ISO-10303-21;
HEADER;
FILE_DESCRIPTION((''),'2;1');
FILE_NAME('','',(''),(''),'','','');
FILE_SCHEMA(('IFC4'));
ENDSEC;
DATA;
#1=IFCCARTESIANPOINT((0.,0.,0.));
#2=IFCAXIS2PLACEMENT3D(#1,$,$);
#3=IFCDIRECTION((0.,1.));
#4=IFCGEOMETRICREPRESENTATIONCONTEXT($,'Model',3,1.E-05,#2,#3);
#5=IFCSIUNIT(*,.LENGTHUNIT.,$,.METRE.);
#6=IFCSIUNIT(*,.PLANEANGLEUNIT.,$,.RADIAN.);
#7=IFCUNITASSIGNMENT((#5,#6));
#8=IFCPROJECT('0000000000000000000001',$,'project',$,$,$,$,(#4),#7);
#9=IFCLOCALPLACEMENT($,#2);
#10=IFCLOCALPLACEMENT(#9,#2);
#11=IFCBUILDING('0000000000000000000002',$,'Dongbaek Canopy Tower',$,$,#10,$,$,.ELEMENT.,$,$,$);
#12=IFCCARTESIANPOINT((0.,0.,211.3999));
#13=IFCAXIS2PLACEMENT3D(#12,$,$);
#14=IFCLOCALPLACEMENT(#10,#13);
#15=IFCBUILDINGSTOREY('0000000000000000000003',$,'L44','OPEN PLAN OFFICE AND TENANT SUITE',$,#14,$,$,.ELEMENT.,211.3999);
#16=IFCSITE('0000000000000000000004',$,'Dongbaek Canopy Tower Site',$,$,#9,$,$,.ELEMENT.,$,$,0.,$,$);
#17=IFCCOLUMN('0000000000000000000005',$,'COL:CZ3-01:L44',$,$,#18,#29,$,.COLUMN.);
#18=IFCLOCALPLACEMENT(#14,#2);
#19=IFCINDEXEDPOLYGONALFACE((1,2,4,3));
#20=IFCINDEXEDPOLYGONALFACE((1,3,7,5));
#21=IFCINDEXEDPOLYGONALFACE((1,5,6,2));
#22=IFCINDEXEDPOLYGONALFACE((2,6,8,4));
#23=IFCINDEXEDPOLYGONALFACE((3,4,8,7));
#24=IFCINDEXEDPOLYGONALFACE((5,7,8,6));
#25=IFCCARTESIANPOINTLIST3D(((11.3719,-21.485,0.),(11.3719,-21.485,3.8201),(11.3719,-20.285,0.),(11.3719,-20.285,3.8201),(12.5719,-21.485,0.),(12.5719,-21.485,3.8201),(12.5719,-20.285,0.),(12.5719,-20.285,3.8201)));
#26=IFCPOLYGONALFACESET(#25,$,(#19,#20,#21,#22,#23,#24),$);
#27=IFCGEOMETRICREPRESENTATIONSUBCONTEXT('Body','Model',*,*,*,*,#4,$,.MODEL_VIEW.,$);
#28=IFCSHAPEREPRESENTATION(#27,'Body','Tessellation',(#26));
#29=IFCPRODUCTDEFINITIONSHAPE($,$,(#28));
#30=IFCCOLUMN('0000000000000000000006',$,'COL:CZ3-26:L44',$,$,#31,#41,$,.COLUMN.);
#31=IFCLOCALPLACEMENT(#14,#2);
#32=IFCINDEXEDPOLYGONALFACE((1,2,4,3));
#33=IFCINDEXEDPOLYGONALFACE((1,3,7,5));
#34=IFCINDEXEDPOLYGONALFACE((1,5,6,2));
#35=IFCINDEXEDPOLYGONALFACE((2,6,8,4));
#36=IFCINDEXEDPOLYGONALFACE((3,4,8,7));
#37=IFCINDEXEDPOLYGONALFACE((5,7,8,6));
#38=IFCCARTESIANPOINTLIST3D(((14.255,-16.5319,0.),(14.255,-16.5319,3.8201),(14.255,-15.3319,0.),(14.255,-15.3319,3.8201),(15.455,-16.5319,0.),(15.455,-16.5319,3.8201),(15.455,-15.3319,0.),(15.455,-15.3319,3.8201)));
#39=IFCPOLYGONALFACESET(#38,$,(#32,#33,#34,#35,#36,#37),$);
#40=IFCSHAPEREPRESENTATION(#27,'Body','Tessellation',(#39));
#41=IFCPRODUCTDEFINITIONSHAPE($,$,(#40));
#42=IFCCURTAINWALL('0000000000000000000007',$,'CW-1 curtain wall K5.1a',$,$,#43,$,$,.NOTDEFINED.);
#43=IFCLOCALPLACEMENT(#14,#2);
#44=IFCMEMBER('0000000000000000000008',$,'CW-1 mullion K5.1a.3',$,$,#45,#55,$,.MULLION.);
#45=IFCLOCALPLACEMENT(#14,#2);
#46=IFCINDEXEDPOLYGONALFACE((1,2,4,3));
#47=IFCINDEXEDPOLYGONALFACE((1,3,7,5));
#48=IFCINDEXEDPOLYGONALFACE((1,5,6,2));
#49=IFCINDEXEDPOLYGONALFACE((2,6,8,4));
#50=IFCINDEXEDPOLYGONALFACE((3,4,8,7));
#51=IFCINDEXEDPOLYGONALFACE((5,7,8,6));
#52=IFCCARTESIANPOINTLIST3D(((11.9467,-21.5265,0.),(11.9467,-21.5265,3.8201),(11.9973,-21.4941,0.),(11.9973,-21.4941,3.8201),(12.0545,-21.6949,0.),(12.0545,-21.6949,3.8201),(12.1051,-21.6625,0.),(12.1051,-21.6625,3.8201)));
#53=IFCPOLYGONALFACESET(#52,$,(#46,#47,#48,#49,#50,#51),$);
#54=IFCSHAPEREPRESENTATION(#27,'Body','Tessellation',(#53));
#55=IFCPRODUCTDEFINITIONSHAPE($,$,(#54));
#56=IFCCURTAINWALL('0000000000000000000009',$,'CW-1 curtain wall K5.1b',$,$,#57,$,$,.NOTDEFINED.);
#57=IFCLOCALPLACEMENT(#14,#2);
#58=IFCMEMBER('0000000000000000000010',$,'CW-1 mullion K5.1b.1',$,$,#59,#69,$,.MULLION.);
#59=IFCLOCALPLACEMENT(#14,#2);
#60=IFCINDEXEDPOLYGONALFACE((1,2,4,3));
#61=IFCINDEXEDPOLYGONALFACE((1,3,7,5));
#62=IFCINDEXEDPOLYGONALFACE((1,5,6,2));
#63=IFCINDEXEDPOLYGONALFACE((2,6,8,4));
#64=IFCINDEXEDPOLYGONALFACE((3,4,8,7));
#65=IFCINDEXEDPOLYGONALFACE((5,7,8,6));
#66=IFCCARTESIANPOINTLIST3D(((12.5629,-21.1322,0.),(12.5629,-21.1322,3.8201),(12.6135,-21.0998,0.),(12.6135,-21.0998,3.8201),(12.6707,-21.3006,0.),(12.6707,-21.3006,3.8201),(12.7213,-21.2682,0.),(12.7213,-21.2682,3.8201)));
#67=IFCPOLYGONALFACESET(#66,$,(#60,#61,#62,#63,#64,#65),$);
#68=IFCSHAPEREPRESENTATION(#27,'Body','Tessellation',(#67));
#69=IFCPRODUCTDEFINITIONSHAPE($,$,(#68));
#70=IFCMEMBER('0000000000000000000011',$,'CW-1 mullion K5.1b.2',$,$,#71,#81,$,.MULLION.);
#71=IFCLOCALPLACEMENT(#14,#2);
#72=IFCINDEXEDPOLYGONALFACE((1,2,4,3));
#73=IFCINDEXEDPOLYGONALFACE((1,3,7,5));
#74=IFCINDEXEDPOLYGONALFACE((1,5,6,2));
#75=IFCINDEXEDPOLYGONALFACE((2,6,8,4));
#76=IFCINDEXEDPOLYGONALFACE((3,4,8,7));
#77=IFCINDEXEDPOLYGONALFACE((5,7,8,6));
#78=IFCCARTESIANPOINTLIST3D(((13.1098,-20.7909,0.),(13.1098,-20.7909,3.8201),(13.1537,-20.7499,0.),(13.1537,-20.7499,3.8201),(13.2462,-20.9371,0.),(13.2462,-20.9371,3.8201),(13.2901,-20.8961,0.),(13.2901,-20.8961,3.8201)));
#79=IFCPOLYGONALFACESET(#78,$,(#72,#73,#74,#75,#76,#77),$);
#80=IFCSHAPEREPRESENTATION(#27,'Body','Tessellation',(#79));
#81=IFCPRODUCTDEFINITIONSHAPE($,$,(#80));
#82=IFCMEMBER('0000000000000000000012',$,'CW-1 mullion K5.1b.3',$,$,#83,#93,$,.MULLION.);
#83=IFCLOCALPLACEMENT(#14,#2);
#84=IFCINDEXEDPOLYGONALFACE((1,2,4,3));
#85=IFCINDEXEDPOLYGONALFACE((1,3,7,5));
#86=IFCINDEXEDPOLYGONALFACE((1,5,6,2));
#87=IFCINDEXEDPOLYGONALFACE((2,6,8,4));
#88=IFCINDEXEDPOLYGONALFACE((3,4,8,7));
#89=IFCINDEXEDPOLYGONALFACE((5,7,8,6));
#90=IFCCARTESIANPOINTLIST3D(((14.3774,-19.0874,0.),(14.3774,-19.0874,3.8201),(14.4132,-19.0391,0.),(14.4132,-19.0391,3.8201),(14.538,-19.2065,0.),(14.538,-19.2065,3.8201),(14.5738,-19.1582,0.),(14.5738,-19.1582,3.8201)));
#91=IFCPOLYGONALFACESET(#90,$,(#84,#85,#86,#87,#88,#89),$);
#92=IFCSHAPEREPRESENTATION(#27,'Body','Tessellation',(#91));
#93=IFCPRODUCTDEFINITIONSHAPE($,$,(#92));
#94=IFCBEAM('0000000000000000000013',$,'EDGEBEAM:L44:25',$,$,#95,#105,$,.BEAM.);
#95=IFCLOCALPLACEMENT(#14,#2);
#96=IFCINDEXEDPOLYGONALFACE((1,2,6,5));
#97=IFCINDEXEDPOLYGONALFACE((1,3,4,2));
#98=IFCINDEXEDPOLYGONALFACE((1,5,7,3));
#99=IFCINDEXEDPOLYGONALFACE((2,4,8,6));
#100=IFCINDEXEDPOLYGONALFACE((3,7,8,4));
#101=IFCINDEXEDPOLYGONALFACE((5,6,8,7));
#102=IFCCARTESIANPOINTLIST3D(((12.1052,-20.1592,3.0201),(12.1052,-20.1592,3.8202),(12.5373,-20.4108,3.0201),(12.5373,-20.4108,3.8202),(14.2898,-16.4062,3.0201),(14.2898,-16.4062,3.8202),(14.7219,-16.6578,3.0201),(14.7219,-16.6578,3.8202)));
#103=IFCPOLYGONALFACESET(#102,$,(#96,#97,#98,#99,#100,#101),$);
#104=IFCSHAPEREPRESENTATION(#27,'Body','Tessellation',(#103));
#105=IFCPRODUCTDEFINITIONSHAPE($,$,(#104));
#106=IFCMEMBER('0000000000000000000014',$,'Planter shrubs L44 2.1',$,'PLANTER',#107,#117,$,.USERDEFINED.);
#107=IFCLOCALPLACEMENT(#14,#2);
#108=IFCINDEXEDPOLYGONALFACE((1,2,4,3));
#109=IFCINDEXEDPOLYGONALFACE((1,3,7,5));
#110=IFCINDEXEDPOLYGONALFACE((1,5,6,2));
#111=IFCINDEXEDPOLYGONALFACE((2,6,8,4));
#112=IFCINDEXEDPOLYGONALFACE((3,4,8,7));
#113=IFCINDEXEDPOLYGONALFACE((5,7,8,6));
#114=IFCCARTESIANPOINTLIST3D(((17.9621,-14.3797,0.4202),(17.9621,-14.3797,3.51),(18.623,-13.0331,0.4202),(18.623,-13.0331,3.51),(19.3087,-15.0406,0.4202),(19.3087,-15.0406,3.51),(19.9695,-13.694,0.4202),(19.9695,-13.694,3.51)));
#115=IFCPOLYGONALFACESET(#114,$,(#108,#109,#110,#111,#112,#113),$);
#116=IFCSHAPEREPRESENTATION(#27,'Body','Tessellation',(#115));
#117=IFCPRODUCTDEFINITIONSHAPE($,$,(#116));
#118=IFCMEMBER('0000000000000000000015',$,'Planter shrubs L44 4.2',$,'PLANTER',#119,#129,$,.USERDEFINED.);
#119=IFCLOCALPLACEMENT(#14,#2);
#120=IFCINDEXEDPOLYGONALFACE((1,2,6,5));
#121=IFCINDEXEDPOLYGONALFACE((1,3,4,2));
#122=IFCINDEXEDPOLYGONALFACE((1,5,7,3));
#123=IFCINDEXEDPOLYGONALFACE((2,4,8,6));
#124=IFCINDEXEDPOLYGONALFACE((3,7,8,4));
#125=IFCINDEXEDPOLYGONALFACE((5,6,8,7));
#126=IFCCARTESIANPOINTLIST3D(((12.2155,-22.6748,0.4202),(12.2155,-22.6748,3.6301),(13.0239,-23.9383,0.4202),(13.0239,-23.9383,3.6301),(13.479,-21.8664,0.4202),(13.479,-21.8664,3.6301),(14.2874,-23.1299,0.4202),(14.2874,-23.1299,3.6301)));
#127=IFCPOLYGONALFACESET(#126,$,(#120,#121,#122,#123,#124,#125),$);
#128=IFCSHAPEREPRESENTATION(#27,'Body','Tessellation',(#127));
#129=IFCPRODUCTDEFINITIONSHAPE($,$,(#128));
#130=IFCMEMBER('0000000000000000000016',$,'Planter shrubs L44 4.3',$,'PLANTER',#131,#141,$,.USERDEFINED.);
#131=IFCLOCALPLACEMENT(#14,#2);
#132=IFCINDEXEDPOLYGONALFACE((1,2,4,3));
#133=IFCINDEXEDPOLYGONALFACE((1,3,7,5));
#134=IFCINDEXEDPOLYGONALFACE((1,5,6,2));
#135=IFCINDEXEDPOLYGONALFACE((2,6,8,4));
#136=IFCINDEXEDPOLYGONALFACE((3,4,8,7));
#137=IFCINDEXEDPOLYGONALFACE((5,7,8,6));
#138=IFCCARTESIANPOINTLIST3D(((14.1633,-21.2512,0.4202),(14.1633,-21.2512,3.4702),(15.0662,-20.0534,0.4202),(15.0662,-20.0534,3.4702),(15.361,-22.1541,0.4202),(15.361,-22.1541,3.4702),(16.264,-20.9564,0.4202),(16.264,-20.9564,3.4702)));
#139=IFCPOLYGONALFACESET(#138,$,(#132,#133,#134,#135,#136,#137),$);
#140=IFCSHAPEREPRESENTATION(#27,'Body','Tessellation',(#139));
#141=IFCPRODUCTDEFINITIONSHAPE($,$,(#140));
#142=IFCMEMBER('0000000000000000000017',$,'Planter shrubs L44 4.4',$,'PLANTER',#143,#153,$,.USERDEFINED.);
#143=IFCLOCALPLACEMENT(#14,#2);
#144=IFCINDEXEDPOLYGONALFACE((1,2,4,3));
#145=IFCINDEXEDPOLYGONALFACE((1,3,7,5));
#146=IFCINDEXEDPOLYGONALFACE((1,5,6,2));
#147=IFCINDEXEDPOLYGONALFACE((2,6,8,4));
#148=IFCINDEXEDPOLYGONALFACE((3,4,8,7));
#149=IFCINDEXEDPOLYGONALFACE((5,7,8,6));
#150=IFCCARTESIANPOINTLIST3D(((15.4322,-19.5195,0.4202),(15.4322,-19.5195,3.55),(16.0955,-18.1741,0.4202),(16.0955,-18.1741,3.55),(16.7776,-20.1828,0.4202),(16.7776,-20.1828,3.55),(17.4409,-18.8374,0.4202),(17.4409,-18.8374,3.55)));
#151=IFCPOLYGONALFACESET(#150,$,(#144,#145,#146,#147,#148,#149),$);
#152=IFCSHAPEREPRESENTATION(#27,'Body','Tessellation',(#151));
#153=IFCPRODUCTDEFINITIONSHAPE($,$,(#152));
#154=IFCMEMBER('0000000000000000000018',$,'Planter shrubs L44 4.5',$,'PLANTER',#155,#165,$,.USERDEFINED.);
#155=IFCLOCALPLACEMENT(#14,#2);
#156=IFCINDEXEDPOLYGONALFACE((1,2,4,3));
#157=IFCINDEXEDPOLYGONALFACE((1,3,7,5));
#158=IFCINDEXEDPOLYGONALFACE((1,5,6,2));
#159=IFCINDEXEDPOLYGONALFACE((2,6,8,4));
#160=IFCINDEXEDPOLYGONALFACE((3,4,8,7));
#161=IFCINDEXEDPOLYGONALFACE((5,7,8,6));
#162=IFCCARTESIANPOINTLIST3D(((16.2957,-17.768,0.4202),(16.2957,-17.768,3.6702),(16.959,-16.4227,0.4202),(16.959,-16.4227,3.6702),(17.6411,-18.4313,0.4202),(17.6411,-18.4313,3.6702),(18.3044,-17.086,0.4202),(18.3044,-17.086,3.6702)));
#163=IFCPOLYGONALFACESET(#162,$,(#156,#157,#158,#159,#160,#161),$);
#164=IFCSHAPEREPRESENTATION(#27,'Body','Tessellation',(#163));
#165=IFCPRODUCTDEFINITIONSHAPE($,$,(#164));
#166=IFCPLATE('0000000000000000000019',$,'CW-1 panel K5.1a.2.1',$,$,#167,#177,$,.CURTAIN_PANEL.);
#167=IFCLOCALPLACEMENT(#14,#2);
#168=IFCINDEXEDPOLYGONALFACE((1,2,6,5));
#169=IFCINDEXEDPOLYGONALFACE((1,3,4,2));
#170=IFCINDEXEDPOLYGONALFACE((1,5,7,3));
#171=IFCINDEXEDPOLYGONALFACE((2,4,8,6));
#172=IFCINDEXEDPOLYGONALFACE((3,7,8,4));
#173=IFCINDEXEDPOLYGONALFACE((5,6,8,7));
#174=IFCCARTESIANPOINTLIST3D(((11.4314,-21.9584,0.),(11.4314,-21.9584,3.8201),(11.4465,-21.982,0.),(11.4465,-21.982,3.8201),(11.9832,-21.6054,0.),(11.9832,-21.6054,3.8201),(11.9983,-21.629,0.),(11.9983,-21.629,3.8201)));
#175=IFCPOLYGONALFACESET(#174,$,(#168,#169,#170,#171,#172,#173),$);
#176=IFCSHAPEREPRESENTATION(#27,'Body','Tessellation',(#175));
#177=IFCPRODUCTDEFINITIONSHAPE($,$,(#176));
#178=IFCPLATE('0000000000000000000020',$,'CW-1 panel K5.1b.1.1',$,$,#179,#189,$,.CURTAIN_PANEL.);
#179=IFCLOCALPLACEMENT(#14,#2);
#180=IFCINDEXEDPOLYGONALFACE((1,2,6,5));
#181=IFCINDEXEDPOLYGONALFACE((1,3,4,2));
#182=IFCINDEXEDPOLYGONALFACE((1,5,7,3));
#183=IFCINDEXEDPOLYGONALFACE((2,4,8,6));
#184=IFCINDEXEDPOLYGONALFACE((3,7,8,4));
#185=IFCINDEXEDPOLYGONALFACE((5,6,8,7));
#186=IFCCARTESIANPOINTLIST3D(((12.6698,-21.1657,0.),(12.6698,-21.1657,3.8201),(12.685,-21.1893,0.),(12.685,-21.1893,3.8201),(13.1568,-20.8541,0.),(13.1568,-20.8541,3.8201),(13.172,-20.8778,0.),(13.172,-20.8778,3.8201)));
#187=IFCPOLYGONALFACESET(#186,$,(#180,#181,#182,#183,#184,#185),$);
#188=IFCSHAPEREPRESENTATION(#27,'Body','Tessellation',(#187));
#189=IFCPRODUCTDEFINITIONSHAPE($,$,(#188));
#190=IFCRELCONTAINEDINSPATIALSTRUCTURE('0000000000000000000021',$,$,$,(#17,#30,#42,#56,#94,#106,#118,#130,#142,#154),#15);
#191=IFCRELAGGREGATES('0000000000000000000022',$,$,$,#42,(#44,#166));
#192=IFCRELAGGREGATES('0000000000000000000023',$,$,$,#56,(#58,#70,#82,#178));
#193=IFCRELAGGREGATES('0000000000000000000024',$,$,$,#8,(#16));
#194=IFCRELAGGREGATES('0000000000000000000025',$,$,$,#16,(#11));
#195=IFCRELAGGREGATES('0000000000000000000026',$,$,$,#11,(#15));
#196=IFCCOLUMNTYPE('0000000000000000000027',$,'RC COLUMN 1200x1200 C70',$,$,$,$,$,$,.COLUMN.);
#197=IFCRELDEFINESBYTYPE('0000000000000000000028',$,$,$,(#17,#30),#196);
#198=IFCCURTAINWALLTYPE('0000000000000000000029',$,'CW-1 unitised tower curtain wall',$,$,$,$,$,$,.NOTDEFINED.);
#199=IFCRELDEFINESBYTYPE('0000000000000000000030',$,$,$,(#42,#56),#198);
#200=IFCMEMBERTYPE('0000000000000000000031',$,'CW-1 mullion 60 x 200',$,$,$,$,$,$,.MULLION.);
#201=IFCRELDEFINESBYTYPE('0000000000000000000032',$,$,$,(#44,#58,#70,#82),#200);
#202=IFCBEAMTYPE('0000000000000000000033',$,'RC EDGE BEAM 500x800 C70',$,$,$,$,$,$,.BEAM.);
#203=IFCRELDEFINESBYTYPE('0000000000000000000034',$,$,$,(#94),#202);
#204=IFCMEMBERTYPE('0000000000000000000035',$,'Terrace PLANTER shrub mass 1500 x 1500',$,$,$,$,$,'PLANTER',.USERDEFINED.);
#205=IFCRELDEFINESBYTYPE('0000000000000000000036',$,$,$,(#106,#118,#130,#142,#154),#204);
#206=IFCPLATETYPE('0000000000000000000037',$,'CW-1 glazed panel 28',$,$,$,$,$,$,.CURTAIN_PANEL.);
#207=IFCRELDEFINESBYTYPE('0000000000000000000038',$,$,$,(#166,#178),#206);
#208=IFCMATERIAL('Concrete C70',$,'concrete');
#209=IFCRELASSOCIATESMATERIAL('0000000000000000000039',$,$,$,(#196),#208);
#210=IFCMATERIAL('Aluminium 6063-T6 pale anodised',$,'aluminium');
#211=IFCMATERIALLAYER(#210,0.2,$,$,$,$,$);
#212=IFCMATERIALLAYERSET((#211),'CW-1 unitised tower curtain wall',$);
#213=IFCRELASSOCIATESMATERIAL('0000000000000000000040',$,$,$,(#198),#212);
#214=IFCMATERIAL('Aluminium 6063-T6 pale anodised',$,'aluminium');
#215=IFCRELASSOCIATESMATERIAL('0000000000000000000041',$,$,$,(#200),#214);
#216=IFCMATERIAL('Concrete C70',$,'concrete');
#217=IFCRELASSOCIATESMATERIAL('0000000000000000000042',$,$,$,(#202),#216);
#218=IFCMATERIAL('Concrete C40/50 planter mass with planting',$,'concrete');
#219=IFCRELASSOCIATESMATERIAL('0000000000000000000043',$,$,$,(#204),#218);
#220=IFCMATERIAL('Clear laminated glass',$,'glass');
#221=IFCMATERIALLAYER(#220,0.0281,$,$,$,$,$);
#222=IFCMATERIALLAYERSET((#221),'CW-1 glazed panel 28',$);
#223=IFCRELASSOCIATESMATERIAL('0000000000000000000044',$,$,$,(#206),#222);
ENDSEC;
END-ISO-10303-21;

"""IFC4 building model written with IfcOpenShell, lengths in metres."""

from ifc_helpers import new_model, si_unit, direction, frame, origin, origin_2d, place, context, subcontext, project, spatial, rectangle, extrude, material, layer, layer_set, material_profile, profile_set, type_object, element, aggregate, save


model = new_model("IFC4")

# Units and contexts
model_context = context("Model", 3, precision=1e-05, world=origin(), true_north=direction((0.0, 1.0)))
body_context = subcontext(model_context, "Body", "Model", "MODEL_VIEW")
ifc_project = project(units=[si_unit("LENGTHUNIT", "METRE"), si_unit("PLANEANGLEUNIT", "RADIAN")], contexts=[model_context])

# Site, building, storey
site_placement = place(None, origin())
site = spatial("IfcSite", under=ifc_project, at=site_placement, Name="Dongbaek Canopy Tower Site", CompositionType="ELEMENT", RefElevation=0.0)
building_placement = place(site_placement, origin())
building = spatial("IfcBuilding", under=site, at=building_placement, Name="Dongbaek Canopy Tower", CompositionType="ELEMENT")
storey_placement = place(building_placement, frame((0.0, 0.0, 211.3999)))
storey = spatial("IfcBuildingStorey", under=building, at=storey_placement, Name="L44", Description="OPEN PLAN OFFICE AND TENANT SUITE", CompositionType="ELEMENT", Elevation=211.3999)

# Columns
ifc_material_1 = material(Name="Concrete C70", Category="concrete")
ifc_material_profile_1 = material_profile(ifc_material_1, rectangle(XDim=1.2, YDim=1.2, at=origin_2d()), Name="RC COLUMN 1200x1200 C70")
ifc_profile_set_1 = profile_set([ifc_material_profile_1], Name="Concrete C70")
column_type = type_object("IfcColumnType", Name="RC COLUMN 1200x1200 C70", PredefinedType="COLUMN", material=ifc_profile_set_1)
for number, where, z_axis, x_axis, name in (
    (1, (11.9719, -20.885, 0.0), (0.0, 0.0, 1.0), (1.0, 0.0, 0.0), "COL:CZ3-01:L44"),
    (2, (14.855, -15.9319, 0.0), (0.0, 0.0, 1.0), (1.0, 0.0, 0.0), "COL:CZ3-26:L44"),
):
    element("IfcColumn", number, at=place(storey_placement, frame(where, z_axis=z_axis, x_axis=x_axis)), inside=storey, type_object=column_type, Name=name, PredefinedType="COLUMN", context=body_context, shape_type="SweptSolid", body=[
        extrude(rectangle(XDim=1.2, YDim=1.2, at=origin_2d()), origin(), (0.0, 0.0, 1.0), 3.8201),
    ])

# Curtain wall, member
ifc_material_2 = material(Name="Aluminium 6063-T6 pale anodised", Category="aluminium")
ifc_layer_1 = layer(ifc_material_2, 0.2)
ifc_layer_set_1 = layer_set([ifc_layer_1], Name="CW-1 unitised tower curtain wall")
curtain_wall_type = type_object("IfcCurtainWallType", Name="CW-1 unitised tower curtain wall", PredefinedType="NOTDEFINED", material=ifc_layer_set_1)
curtain_wall_1_placement = place(storey_placement, origin())
curtain_wall_1 = element("IfcCurtainWall", 3, at=curtain_wall_1_placement, inside=storey, type_object=curtain_wall_type, Name="CW-1 curtain wall K5.1a", PredefinedType="NOTDEFINED")
ifc_material_3 = material(Name="Aluminium 6063-T6 pale anodised", Category="aluminium")
ifc_material_profile_2 = material_profile(ifc_material_3, rectangle(XDim=0.2, YDim=0.0601, at=origin_2d()), Name="CW-1 mullion 60 x 200")
ifc_profile_set_2 = profile_set([ifc_material_profile_2], Name="Aluminium 6063-T6 pale anodised")
member_type_1 = type_object("IfcMemberType", Name="CW-1 mullion 60 x 200", PredefinedType="MULLION", material=ifc_profile_set_2)
member_1_placement = place(storey_placement, frame((12.0259, -21.5945, 0.0), z_axis=(0.0, 0.0, 1.0), x_axis=(0.538952, -0.842336, 0.0)))
member_1 = element("IfcMember", 4, at=member_1_placement, type_object=member_type_1, Name="CW-1 mullion K5.1a.3", PredefinedType="MULLION", context=body_context, shape_type="SweptSolid", body=[
    extrude(rectangle(XDim=0.2, YDim=0.0601, at=origin_2d()), origin(), (0.0, 0.0, 1.0), 3.8201),
])

# Curtain wall, members
curtain_wall_2_placement = place(storey_placement, origin())
curtain_wall_2 = element("IfcCurtainWall", 5, at=curtain_wall_2_placement, inside=storey, type_object=curtain_wall_type, Name="CW-1 curtain wall K5.1b", PredefinedType="NOTDEFINED")
member_2_placement = place(storey_placement, frame((12.6421, -21.2002, 0.0), z_axis=(0.0, 0.0, 1.0), x_axis=(0.538952, -0.842336, 0.0)))
member_2 = element("IfcMember", 6, at=member_2_placement, type_object=member_type_1, Name="CW-1 mullion K5.1b.1", PredefinedType="MULLION", context=body_context, shape_type="SweptSolid", body=[
    extrude(rectangle(XDim=0.2, YDim=0.0601, at=origin_2d()), origin(), (0.0, 0.0, 1.0), 3.8201),
])
member_3_placement = place(storey_placement, frame((13.2, -20.8435, 0.0), z_axis=(0.0, 0.0, 1.0), x_axis=(0.682351, -0.731025, 0.0)))
member_3 = element("IfcMember", 7, at=member_3_placement, type_object=member_type_1, Name="CW-1 mullion K5.1b.2", PredefinedType="MULLION", context=body_context, shape_type="SweptSolid", body=[
    extrude(rectangle(XDim=0.2, YDim=0.0601, at=origin_2d()), origin(), (0.0, 0.0, 1.0), 3.8201),
])
member_4_placement = place(storey_placement, frame((14.4756, -19.1228, 0.0), z_axis=(0.0, 0.0, 1.0), x_axis=(0.803263, -0.595624, 0.0)))
member_4 = element("IfcMember", 8, at=member_4_placement, type_object=member_type_1, Name="CW-1 mullion K5.1b.3", PredefinedType="MULLION", context=body_context, shape_type="SweptSolid", body=[
    extrude(rectangle(XDim=0.2, YDim=0.0601, at=origin_2d()), origin(), (0.0, 0.0, 1.0), 3.8201),
])

# Beam
ifc_material_4 = material(Name="Concrete C70", Category="concrete")
ifc_material_profile_3 = material_profile(ifc_material_4, rectangle(XDim=0.5, YDim=0.8, at=origin_2d()), Name="RC EDGE BEAM 500x800 C70")
ifc_profile_set_3 = profile_set([ifc_material_profile_3], Name="Concrete C70")
beam_type = type_object("IfcBeamType", Name="RC EDGE BEAM 500x800 C70", PredefinedType="BEAM", material=ifc_profile_set_3)
beam_placement = place(storey_placement, frame((14.5059, -16.532, 3.4202), z_axis=(-0.503074, -0.864243, 0.0), x_axis=(0.864243, -0.503074, 0.0)))
element("IfcBeam", 9, at=beam_placement, inside=storey, type_object=beam_type, Name="EDGEBEAM:L44:25", PredefinedType="BEAM", context=body_context, shape_type="SweptSolid", body=[
    extrude(rectangle(XDim=0.5, YDim=0.8, at=origin_2d()), origin(), (0.0, 0.0, 1.0), 4.3425),
])

# Members
ifc_material_5 = material(Name="Concrete C40/50 planter mass with planting", Category="concrete")
ifc_material_profile_4 = material_profile(ifc_material_5, rectangle(XDim=1.5, YDim=1.5, at=origin_2d()), Name="Terrace PLANTER shrub mass 1500 x 1500")
ifc_profile_set_4 = profile_set([ifc_material_profile_4], Name="Concrete C40/50 planter mass with planting")
member_type_2 = type_object("IfcMemberType", Name="Terrace PLANTER shrub mass 1500 x 1500", ElementType="PLANTER", PredefinedType="USERDEFINED", material=ifc_profile_set_4)
member_5_placement = place(storey_placement, frame((18.9658, -14.0369, 0.4202), z_axis=(0.0, 0.0, 1.0), x_axis=(0.897706, -0.440595, 0.0)))
element("IfcMember", 10, at=member_5_placement, inside=storey, type_object=member_type_2, Name="Planter shrubs L44 2.1", ObjectType="PLANTER", PredefinedType="USERDEFINED", context=body_context, shape_type="SweptSolid", body=[
    extrude(rectangle(XDim=1.5, YDim=1.5, at=origin_2d()), origin(), (0.0, 0.0, 1.0), 3.0898),
])
member_6_placement = place(storey_placement, frame((13.2515, -22.9023, 0.4202), z_axis=(0.0, 0.0, 1.0), x_axis=(0.538952, -0.842336, 0.0)))
element("IfcMember", 11, at=member_6_placement, inside=storey, type_object=member_type_2, Name="Planter shrubs L44 4.2", ObjectType="PLANTER", PredefinedType="USERDEFINED", context=body_context, shape_type="SweptSolid", body=[
    extrude(rectangle(XDim=1.5, YDim=1.5, at=origin_2d()), origin(), (0.0, 0.0, 1.0), 3.21),
])
member_7_placement = place(storey_placement, frame((15.2136, -21.1038, 0.4202), z_axis=(0.0, 0.0, 1.0), x_axis=(0.798509, -0.601983, 0.0)))
element("IfcMember", 12, at=member_7_placement, inside=storey, type_object=member_type_2, Name="Planter shrubs L44 4.3", ObjectType="PLANTER", PredefinedType="USERDEFINED", context=body_context, shape_type="SweptSolid", body=[
    extrude(rectangle(XDim=1.5, YDim=1.5, at=origin_2d()), origin(), (0.0, 0.0, 1.0), 3.05),
])
member_8_placement = place(storey_placement, frame((16.4365, -19.1785, 0.4202), z_axis=(0.0, 0.0, 1.0), x_axis=(0.896918, -0.442198, 0.0)))
element("IfcMember", 13, at=member_8_placement, inside=storey, type_object=member_type_2, Name="Planter shrubs L44 4.4", ObjectType="PLANTER", PredefinedType="USERDEFINED", context=body_context, shape_type="SweptSolid", body=[
    extrude(rectangle(XDim=1.5, YDim=1.5, at=origin_2d()), origin(), (0.0, 0.0, 1.0), 3.1299),
])
member_9_placement = place(storey_placement, frame((17.3, -17.427, 0.4202), z_axis=(0.0, 0.0, 1.0), x_axis=(0.896918, -0.442198, 0.0)))
element("IfcMember", 14, at=member_9_placement, inside=storey, type_object=member_type_2, Name="Planter shrubs L44 4.5", ObjectType="PLANTER", PredefinedType="USERDEFINED", context=body_context, shape_type="SweptSolid", body=[
    extrude(rectangle(XDim=1.5, YDim=1.5, at=origin_2d()), origin(), (0.0, 0.0, 1.0), 3.25),
])

# Plates
ifc_material_6 = material(Name="Clear laminated glass", Category="glass")
ifc_layer_2 = layer(ifc_material_6, 0.0281)
ifc_layer_set_2 = layer_set([ifc_layer_2], Name="CW-1 glazed panel 28")
plate_type = type_object("IfcPlateType", Name="CW-1 glazed panel 28", PredefinedType="CURTAIN_PANEL", material=ifc_layer_set_2)
plate_1_placement = place(storey_placement, frame((11.7148, -21.7937, 0.0), z_axis=(0.0, 0.0, 1.0), x_axis=(0.842336, 0.538952, 0.0)))
plate_1 = element("IfcPlate", 15, at=plate_1_placement, type_object=plate_type, Name="CW-1 panel K5.1a.2.1", PredefinedType="CURTAIN_PANEL", context=body_context, shape_type="SweptSolid", body=[
    extrude(rectangle(XDim=0.655, YDim=0.0281, at=origin_2d()), origin(), (0.0, 0.0, 1.0), 3.8201),
])
aggregate(curtain_wall_1, [member_1, plate_1])
plate_2_placement = place(storey_placement, frame((12.9209, -21.0217, 0.0), z_axis=(0.0, 0.0, 1.0), x_axis=(0.842336, 0.538952, 0.0)))
plate_2 = element("IfcPlate", 16, at=plate_2_placement, type_object=plate_type, Name="CW-1 panel K5.1b.1.1", PredefinedType="CURTAIN_PANEL", context=body_context, shape_type="SweptSolid", body=[
    extrude(rectangle(XDim=0.5781, YDim=0.0281, at=origin_2d()), origin(), (0.0, 0.0, 1.0), 3.8201),
])
aggregate(curtain_wall_2, [member_2, member_3, member_4, plate_2])

save(model, "model.ifc")
